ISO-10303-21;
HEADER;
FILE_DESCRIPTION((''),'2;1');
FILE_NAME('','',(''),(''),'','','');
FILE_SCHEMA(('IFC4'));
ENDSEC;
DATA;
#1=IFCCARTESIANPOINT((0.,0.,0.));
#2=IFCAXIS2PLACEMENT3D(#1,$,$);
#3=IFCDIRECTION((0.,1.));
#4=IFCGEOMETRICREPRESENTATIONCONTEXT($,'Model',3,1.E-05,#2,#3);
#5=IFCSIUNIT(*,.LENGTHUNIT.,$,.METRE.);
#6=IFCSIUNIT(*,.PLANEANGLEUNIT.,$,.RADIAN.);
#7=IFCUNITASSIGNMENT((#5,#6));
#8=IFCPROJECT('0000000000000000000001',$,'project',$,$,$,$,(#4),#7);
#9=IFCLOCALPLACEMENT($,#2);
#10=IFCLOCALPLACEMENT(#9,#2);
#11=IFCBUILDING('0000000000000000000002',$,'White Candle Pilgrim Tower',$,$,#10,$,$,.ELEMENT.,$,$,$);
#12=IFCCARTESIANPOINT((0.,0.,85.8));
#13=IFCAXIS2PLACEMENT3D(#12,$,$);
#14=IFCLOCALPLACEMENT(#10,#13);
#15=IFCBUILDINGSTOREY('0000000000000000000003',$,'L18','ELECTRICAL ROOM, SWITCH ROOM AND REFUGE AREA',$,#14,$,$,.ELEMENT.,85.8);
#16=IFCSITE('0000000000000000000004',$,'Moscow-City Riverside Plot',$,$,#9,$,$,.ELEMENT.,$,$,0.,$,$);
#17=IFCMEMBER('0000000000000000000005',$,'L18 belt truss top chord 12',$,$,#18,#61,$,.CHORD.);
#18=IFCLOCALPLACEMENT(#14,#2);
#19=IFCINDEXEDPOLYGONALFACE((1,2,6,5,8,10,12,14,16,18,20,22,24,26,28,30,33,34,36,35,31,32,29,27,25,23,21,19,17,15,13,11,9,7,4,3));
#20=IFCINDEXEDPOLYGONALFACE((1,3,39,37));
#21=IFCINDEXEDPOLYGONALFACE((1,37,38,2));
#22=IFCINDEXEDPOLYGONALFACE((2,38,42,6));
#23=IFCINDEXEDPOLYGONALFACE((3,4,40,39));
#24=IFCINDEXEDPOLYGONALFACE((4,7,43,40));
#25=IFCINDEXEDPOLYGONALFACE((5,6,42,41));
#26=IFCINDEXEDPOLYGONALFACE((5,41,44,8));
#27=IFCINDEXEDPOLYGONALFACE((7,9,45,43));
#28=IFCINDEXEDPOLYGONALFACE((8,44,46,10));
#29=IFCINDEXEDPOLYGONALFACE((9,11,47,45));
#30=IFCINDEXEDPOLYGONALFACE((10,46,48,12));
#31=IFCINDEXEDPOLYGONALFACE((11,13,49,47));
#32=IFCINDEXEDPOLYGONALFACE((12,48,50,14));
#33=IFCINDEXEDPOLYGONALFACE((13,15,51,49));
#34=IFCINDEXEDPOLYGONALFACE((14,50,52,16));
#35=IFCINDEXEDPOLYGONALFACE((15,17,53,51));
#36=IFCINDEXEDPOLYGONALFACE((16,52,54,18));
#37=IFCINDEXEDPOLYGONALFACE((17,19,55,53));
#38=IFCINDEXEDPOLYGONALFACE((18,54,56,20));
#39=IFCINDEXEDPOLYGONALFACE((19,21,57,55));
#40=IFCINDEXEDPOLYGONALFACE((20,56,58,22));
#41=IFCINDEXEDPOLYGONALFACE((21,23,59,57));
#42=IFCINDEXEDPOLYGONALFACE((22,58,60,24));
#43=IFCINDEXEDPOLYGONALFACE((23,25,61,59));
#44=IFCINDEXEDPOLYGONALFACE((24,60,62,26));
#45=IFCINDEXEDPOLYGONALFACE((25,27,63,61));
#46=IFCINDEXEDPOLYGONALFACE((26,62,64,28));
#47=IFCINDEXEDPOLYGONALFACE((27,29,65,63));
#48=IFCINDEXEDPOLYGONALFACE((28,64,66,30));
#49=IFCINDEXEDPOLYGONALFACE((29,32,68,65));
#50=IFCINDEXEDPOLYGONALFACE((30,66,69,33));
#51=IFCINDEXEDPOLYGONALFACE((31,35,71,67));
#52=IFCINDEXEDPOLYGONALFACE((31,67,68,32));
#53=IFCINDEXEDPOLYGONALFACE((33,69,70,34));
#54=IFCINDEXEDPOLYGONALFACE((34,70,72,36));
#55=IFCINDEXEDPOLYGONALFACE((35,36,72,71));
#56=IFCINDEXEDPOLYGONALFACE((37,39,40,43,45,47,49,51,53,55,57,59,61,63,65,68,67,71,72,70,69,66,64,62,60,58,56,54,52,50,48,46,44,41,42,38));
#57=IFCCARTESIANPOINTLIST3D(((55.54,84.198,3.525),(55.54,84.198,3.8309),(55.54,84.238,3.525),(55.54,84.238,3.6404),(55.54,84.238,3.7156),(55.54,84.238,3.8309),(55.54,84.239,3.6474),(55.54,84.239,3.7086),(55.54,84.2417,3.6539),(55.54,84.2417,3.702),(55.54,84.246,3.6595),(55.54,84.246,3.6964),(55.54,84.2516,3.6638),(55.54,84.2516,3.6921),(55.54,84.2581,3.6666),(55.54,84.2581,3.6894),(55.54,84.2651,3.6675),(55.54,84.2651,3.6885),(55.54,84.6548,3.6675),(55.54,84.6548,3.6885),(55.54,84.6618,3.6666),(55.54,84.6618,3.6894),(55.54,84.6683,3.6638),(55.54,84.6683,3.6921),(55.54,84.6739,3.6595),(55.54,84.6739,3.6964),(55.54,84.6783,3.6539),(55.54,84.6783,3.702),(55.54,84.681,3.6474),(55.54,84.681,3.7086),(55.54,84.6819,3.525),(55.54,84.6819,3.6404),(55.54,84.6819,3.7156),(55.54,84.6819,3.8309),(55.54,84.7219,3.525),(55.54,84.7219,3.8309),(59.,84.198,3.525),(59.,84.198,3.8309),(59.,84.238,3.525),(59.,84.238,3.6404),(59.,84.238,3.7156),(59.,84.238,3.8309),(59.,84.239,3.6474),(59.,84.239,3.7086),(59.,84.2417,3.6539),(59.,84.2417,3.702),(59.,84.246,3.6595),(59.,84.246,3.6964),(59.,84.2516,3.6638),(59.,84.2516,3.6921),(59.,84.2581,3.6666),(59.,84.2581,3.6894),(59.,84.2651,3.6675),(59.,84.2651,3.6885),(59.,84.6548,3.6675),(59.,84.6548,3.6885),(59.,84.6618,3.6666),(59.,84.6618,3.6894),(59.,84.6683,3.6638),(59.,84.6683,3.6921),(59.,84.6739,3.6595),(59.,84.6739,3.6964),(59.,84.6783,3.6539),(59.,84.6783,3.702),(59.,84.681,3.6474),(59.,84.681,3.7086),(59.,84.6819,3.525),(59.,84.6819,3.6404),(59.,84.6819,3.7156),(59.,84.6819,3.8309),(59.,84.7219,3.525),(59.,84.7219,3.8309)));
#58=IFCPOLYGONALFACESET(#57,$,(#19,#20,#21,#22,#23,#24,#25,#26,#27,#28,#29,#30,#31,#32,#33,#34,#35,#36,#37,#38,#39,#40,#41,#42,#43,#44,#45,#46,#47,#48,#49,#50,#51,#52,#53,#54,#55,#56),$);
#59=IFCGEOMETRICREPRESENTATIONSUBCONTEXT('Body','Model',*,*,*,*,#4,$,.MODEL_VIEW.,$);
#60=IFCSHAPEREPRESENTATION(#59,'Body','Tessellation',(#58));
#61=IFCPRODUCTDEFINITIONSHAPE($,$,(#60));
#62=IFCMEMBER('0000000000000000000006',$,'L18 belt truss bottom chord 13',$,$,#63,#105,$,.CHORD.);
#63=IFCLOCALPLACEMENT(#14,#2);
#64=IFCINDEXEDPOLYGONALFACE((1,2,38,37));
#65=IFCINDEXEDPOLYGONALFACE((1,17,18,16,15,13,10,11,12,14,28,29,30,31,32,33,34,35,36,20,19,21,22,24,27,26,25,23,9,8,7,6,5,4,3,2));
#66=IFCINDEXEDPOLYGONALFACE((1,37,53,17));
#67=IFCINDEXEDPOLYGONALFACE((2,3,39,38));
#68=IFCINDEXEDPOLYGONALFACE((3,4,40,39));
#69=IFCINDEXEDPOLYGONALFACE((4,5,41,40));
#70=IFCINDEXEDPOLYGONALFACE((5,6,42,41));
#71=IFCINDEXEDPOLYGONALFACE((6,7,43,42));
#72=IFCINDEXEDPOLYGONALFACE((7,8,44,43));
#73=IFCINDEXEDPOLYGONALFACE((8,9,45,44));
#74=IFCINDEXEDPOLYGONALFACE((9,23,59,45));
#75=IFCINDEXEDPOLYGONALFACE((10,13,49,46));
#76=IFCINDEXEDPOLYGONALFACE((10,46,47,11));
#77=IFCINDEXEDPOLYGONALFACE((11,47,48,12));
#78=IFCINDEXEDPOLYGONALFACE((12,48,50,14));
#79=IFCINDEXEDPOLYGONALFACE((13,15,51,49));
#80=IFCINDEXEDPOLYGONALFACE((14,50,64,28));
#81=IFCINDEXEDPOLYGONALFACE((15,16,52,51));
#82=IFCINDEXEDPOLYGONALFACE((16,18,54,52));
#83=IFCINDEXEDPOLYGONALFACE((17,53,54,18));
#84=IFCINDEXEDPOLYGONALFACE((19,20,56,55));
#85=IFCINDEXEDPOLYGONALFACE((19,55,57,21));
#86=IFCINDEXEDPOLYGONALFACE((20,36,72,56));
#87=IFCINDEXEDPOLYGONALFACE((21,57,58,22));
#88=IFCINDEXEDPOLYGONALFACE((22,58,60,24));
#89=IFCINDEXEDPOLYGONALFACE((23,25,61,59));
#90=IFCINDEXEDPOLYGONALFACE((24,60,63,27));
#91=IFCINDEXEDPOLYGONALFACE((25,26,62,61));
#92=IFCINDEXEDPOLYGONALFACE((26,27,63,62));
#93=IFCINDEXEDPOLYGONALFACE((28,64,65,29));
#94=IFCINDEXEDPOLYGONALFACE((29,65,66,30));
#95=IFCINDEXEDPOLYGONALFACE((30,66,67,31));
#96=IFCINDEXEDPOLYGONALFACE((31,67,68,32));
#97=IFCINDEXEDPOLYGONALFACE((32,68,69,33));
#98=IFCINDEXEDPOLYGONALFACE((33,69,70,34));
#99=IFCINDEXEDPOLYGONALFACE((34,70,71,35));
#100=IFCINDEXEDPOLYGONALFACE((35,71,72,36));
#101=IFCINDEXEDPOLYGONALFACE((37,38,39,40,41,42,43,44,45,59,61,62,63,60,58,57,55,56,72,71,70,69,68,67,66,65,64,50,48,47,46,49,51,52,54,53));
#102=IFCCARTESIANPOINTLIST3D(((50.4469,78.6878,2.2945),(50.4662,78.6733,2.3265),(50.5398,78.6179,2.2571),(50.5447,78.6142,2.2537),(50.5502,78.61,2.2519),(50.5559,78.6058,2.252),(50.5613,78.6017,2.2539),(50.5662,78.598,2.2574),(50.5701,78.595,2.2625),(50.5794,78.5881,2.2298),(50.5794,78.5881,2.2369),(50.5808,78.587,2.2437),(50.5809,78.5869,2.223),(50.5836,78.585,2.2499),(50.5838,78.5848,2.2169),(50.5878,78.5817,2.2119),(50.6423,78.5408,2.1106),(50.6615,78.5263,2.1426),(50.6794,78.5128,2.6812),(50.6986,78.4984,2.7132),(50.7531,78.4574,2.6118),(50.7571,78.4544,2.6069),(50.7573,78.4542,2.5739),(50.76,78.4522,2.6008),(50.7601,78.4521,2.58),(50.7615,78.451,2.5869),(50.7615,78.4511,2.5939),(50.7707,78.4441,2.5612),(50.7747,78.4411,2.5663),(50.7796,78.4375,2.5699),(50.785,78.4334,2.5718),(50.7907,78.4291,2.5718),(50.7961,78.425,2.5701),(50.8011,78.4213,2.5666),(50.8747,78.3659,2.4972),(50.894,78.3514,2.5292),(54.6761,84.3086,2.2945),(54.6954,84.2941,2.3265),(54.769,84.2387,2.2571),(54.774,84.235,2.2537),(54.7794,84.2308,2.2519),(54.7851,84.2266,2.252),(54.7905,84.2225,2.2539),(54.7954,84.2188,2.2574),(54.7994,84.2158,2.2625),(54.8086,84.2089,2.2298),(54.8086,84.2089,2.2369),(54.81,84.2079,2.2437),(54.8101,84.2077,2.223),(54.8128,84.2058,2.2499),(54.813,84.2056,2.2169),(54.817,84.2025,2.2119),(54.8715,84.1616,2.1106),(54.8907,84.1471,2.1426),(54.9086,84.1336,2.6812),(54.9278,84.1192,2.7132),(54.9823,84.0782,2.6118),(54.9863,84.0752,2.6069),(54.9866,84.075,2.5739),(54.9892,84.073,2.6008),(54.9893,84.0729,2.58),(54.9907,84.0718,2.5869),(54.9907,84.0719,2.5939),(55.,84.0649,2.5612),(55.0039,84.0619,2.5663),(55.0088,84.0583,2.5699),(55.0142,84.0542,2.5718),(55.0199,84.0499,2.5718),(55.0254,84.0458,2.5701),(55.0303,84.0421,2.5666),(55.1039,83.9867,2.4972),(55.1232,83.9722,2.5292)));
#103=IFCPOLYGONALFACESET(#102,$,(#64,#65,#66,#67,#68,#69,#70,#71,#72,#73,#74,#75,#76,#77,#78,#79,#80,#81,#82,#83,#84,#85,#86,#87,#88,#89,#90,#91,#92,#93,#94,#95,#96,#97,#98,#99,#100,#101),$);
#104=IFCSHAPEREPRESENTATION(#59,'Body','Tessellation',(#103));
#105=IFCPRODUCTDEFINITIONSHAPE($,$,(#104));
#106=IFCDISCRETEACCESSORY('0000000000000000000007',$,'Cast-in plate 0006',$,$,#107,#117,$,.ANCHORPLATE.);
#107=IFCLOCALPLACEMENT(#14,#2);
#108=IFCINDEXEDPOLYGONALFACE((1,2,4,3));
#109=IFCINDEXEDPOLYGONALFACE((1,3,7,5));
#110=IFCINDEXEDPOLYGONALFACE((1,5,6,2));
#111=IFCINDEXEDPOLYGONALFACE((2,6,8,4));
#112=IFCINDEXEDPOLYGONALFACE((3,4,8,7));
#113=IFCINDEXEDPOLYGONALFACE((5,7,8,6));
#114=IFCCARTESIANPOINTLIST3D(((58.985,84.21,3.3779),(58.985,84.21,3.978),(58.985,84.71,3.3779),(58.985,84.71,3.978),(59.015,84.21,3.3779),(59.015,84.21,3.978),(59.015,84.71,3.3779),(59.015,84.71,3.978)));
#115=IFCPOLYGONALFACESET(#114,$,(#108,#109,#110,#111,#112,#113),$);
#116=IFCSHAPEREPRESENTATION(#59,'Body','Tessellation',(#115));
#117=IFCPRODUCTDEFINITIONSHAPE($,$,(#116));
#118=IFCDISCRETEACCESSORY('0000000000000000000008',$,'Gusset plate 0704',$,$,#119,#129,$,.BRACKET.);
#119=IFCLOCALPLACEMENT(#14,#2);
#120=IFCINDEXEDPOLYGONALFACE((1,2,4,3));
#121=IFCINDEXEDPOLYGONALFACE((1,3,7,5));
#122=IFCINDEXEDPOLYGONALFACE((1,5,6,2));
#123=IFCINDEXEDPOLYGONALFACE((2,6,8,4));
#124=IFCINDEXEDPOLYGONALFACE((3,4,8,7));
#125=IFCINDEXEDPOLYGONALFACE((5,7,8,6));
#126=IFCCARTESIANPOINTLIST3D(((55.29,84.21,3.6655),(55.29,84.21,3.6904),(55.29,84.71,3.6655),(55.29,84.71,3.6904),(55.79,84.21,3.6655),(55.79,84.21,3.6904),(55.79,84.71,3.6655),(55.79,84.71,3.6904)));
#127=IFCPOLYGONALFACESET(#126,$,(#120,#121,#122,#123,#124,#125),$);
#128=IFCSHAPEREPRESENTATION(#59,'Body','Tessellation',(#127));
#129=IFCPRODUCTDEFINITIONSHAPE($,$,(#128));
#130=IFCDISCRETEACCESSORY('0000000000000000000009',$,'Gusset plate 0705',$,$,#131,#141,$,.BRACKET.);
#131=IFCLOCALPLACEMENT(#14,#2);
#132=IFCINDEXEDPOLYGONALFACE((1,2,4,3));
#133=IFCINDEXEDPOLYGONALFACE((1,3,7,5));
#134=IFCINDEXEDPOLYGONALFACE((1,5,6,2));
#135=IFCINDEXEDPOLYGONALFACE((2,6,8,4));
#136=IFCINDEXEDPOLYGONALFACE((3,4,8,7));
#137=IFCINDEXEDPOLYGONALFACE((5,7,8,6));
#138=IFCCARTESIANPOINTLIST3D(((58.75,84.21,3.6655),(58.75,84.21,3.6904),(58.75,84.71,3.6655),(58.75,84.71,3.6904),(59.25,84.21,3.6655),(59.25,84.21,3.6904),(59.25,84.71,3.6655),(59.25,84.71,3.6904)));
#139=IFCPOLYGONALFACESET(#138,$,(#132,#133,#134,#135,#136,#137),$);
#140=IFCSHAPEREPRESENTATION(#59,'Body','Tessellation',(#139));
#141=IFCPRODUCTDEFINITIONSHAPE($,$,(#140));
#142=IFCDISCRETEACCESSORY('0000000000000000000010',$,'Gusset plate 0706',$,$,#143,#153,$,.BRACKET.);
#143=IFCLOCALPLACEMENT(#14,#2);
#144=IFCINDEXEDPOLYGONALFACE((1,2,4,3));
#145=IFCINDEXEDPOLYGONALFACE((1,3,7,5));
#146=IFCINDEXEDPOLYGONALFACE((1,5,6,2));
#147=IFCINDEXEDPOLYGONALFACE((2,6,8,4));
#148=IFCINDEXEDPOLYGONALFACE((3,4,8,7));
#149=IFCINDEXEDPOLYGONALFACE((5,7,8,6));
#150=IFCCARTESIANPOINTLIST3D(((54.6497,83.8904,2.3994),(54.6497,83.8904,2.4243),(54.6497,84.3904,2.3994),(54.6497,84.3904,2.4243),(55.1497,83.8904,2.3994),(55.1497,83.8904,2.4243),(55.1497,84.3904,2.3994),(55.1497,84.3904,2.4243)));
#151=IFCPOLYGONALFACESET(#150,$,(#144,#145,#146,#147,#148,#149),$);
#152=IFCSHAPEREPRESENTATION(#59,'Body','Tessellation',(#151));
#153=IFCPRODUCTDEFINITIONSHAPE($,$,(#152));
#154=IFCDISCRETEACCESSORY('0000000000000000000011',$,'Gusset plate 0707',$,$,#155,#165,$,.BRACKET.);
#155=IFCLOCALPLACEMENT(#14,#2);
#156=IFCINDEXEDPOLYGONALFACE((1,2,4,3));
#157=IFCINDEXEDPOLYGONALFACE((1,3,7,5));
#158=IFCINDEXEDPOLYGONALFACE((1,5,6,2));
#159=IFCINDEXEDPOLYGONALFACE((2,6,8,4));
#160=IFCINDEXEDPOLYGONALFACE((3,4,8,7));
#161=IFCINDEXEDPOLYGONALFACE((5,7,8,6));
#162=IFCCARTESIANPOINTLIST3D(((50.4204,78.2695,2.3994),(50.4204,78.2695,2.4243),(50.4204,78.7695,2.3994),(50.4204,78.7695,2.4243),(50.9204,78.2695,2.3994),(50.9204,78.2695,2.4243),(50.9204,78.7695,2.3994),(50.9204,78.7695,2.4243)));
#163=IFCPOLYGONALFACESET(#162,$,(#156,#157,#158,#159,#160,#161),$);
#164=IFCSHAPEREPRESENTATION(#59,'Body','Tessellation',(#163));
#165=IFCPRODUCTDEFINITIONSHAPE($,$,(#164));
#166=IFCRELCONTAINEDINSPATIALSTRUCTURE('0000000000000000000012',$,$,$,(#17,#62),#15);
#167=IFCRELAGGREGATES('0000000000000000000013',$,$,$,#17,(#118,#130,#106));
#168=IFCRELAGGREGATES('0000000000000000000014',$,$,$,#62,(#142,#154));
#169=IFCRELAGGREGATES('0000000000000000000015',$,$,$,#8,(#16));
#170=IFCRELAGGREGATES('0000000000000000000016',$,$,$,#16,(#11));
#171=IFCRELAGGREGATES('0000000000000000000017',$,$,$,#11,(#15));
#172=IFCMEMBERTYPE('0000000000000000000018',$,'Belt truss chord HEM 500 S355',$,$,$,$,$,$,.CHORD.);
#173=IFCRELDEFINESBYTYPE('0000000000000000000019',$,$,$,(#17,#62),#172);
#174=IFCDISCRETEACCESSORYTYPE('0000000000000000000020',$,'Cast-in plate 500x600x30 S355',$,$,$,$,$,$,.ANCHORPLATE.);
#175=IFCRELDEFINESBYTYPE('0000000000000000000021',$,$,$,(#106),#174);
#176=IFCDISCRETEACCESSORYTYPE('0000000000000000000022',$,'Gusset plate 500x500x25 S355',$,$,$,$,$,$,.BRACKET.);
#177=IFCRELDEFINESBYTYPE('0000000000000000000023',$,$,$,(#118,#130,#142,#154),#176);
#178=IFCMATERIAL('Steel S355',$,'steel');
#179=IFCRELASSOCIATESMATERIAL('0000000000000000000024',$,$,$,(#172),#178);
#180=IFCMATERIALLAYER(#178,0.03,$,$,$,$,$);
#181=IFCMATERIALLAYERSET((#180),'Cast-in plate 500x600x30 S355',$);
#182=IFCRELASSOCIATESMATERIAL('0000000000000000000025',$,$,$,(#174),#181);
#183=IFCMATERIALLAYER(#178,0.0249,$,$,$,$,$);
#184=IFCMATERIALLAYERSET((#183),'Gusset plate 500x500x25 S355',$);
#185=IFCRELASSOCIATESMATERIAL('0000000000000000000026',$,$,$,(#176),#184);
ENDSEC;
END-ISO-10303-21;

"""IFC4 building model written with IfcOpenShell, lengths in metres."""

from ifc_helpers import new_model, si_unit, direction, frame, origin, origin_2d, place, context, subcontext, project, spatial, rectangle, i_section, extrude, material, layer, layer_set, material_profile, profile_set, type_object, element, aggregate, save


model = new_model("IFC4")

# Units and contexts
model_context = context("Model", 3, precision=1e-05, world=origin(), true_north=direction((0.0, 1.0)))
body_context = subcontext(model_context, "Body", "Model", "MODEL_VIEW")
ifc_project = project(units=[si_unit("LENGTHUNIT", "METRE"), si_unit("PLANEANGLEUNIT", "RADIAN")], contexts=[model_context])

# Site, building, storey
site_placement = place(None, origin())
site = spatial("IfcSite", under=ifc_project, at=site_placement, Name="Moscow-City Riverside Plot", CompositionType="ELEMENT", RefElevation=0.0)
building_placement = place(site_placement, origin())
building = spatial("IfcBuilding", under=site, at=building_placement, Name="White Candle Pilgrim Tower", CompositionType="ELEMENT")
storey_placement = place(building_placement, frame((0.0, 0.0, 85.8)))
storey = spatial("IfcBuildingStorey", under=building, at=storey_placement, Name="L18", Description="ELECTRICAL ROOM, SWITCH ROOM AND REFUGE AREA", CompositionType="ELEMENT", Elevation=85.8)

# Members
ifc_material_1 = material(Name="Steel S355", Category="steel")
ifc_material_profile_1 = material_profile(ifc_material_1, i_section(OverallWidth=0.3059, OverallDepth=0.5239, WebThickness=0.021, FlangeThickness=0.04, FilletRadius=0.0271, at=origin_2d()), Name="HEM 500")
ifc_profile_set_1 = profile_set([ifc_material_profile_1], Name="Steel S355")
member_type_1 = type_object("IfcMemberType", Name="Belt truss chord HEM 500 S355", PredefinedType="CHORD", material=ifc_profile_set_1)
member_1_placement = place(storey_placement, frame((55.54, 84.46, 3.678), z_axis=(1.0, 0.0, 0.0), x_axis=(0.0, 0.0, 1.0)))
member_1 = element("IfcMember", 1, at=member_1_placement, inside=storey, type_object=member_type_1, Name="L18 belt truss top chord 12", PredefinedType="CHORD", context=body_context, shape_type="SweptSolid", body=[
    extrude(i_section(OverallWidth=0.3059, OverallDepth=0.5239, WebThickness=0.021, FlangeThickness=0.04, FilletRadius=0.0271, at=origin_2d()), origin(), (0.0, 0.0, 1.0), 3.46),
])
member_2_placement = place(storey_placement, frame((54.8997, 84.1404, 2.4119), z_axis=(-0.601238, -0.79907, 0.0), x_axis=(0.638522, -0.480438, -0.601223)))
member_2 = element("IfcMember", 2, at=member_2_placement, inside=storey, type_object=member_type_1, Name="L18 belt truss bottom chord 13", PredefinedType="CHORD", context=body_context, shape_type="SweptSolid", body=[
    extrude(i_section(OverallWidth=0.3059, OverallDepth=0.5239, WebThickness=0.021, FlangeThickness=0.04, FilletRadius=0.0271, at=origin_2d()), origin(), (0.0, 0.0, 1.0), 7.0342),
])

# Discrete accessories
ifc_layer_1 = layer(ifc_material_1, 0.03)
ifc_layer_set_1 = layer_set([ifc_layer_1], Name="Cast-in plate 500x600x30 S355")
discrete_accessory_type_1 = type_object("IfcDiscreteAccessoryType", Name="Cast-in plate 500x600x30 S355", PredefinedType="ANCHORPLATE", material=ifc_layer_set_1)
discrete_accessory_1_placement = place(storey_placement, frame((59.0, 84.46, 3.3779), z_axis=(0.0, 0.0, 1.0), x_axis=(-1.0, 0.0, 0.0)))
discrete_accessory_1 = element("IfcDiscreteAccessory", 3, at=discrete_accessory_1_placement, type_object=discrete_accessory_type_1, Name="Cast-in plate 0006", PredefinedType="ANCHORPLATE", context=body_context, shape_type="SweptSolid", body=[
    extrude(rectangle(XDim=0.03, YDim=0.5, at=origin_2d()), origin(), (0.0, 0.0, 1.0), 0.6001),
])
ifc_layer_2 = layer(ifc_material_1, 0.0249)
ifc_layer_set_2 = layer_set([ifc_layer_2], Name="Gusset plate 500x500x25 S355")
discrete_accessory_type_2 = type_object("IfcDiscreteAccessoryType", Name="Gusset plate 500x500x25 S355", PredefinedType="BRACKET", material=ifc_layer_set_2)
discrete_accessory_2_placement = place(storey_placement, frame((55.54, 84.46, 3.6655), z_axis=(0.0, 0.0, 1.0), x_axis=(1.0, 0.0, 0.0)))
discrete_accessory_2 = element("IfcDiscreteAccessory", 4, at=discrete_accessory_2_placement, type_object=discrete_accessory_type_2, Name="Gusset plate 0704", PredefinedType="BRACKET", context=body_context, shape_type="SweptSolid", body=[
    extrude(rectangle(XDim=0.5, YDim=0.5, at=origin_2d()), origin(), (0.0, 0.0, 1.0), 0.0249),
])
discrete_accessory_3_placement = place(storey_placement, frame((59.0, 84.46, 3.6655), z_axis=(0.0, 0.0, 1.0), x_axis=(1.0, 0.0, 0.0)))
discrete_accessory_3 = element("IfcDiscreteAccessory", 5, at=discrete_accessory_3_placement, type_object=discrete_accessory_type_2, Name="Gusset plate 0705", PredefinedType="BRACKET", context=body_context, shape_type="SweptSolid", body=[
    extrude(rectangle(XDim=0.5, YDim=0.5, at=origin_2d()), origin(), (0.0, 0.0, 1.0), 0.0249),
])
aggregate(member_1, [discrete_accessory_2, discrete_accessory_3, discrete_accessory_1])
discrete_accessory_4_placement = place(storey_placement, frame((54.8997, 84.1404, 2.3994), z_axis=(0.0, 0.0, 1.0), x_axis=(1.0, 0.0, 0.0)))
discrete_accessory_4 = element("IfcDiscreteAccessory", 6, at=discrete_accessory_4_placement, type_object=discrete_accessory_type_2, Name="Gusset plate 0706", PredefinedType="BRACKET", context=body_context, shape_type="SweptSolid", body=[
    extrude(rectangle(XDim=0.5, YDim=0.5, at=origin_2d()), origin(), (0.0, 0.0, 1.0), 0.0249),
])
discrete_accessory_5_placement = place(storey_placement, frame((50.6704, 78.5195, 2.3994), z_axis=(0.0, 0.0, 1.0), x_axis=(1.0, 0.0, 0.0)))
discrete_accessory_5 = element("IfcDiscreteAccessory", 7, at=discrete_accessory_5_placement, type_object=discrete_accessory_type_2, Name="Gusset plate 0707", PredefinedType="BRACKET", context=body_context, shape_type="SweptSolid", body=[
    extrude(rectangle(XDim=0.5, YDim=0.5, at=origin_2d()), origin(), (0.0, 0.0, 1.0), 0.0249),
])
aggregate(member_2, [discrete_accessory_4, discrete_accessory_5])

save(model, "model.ifc")
